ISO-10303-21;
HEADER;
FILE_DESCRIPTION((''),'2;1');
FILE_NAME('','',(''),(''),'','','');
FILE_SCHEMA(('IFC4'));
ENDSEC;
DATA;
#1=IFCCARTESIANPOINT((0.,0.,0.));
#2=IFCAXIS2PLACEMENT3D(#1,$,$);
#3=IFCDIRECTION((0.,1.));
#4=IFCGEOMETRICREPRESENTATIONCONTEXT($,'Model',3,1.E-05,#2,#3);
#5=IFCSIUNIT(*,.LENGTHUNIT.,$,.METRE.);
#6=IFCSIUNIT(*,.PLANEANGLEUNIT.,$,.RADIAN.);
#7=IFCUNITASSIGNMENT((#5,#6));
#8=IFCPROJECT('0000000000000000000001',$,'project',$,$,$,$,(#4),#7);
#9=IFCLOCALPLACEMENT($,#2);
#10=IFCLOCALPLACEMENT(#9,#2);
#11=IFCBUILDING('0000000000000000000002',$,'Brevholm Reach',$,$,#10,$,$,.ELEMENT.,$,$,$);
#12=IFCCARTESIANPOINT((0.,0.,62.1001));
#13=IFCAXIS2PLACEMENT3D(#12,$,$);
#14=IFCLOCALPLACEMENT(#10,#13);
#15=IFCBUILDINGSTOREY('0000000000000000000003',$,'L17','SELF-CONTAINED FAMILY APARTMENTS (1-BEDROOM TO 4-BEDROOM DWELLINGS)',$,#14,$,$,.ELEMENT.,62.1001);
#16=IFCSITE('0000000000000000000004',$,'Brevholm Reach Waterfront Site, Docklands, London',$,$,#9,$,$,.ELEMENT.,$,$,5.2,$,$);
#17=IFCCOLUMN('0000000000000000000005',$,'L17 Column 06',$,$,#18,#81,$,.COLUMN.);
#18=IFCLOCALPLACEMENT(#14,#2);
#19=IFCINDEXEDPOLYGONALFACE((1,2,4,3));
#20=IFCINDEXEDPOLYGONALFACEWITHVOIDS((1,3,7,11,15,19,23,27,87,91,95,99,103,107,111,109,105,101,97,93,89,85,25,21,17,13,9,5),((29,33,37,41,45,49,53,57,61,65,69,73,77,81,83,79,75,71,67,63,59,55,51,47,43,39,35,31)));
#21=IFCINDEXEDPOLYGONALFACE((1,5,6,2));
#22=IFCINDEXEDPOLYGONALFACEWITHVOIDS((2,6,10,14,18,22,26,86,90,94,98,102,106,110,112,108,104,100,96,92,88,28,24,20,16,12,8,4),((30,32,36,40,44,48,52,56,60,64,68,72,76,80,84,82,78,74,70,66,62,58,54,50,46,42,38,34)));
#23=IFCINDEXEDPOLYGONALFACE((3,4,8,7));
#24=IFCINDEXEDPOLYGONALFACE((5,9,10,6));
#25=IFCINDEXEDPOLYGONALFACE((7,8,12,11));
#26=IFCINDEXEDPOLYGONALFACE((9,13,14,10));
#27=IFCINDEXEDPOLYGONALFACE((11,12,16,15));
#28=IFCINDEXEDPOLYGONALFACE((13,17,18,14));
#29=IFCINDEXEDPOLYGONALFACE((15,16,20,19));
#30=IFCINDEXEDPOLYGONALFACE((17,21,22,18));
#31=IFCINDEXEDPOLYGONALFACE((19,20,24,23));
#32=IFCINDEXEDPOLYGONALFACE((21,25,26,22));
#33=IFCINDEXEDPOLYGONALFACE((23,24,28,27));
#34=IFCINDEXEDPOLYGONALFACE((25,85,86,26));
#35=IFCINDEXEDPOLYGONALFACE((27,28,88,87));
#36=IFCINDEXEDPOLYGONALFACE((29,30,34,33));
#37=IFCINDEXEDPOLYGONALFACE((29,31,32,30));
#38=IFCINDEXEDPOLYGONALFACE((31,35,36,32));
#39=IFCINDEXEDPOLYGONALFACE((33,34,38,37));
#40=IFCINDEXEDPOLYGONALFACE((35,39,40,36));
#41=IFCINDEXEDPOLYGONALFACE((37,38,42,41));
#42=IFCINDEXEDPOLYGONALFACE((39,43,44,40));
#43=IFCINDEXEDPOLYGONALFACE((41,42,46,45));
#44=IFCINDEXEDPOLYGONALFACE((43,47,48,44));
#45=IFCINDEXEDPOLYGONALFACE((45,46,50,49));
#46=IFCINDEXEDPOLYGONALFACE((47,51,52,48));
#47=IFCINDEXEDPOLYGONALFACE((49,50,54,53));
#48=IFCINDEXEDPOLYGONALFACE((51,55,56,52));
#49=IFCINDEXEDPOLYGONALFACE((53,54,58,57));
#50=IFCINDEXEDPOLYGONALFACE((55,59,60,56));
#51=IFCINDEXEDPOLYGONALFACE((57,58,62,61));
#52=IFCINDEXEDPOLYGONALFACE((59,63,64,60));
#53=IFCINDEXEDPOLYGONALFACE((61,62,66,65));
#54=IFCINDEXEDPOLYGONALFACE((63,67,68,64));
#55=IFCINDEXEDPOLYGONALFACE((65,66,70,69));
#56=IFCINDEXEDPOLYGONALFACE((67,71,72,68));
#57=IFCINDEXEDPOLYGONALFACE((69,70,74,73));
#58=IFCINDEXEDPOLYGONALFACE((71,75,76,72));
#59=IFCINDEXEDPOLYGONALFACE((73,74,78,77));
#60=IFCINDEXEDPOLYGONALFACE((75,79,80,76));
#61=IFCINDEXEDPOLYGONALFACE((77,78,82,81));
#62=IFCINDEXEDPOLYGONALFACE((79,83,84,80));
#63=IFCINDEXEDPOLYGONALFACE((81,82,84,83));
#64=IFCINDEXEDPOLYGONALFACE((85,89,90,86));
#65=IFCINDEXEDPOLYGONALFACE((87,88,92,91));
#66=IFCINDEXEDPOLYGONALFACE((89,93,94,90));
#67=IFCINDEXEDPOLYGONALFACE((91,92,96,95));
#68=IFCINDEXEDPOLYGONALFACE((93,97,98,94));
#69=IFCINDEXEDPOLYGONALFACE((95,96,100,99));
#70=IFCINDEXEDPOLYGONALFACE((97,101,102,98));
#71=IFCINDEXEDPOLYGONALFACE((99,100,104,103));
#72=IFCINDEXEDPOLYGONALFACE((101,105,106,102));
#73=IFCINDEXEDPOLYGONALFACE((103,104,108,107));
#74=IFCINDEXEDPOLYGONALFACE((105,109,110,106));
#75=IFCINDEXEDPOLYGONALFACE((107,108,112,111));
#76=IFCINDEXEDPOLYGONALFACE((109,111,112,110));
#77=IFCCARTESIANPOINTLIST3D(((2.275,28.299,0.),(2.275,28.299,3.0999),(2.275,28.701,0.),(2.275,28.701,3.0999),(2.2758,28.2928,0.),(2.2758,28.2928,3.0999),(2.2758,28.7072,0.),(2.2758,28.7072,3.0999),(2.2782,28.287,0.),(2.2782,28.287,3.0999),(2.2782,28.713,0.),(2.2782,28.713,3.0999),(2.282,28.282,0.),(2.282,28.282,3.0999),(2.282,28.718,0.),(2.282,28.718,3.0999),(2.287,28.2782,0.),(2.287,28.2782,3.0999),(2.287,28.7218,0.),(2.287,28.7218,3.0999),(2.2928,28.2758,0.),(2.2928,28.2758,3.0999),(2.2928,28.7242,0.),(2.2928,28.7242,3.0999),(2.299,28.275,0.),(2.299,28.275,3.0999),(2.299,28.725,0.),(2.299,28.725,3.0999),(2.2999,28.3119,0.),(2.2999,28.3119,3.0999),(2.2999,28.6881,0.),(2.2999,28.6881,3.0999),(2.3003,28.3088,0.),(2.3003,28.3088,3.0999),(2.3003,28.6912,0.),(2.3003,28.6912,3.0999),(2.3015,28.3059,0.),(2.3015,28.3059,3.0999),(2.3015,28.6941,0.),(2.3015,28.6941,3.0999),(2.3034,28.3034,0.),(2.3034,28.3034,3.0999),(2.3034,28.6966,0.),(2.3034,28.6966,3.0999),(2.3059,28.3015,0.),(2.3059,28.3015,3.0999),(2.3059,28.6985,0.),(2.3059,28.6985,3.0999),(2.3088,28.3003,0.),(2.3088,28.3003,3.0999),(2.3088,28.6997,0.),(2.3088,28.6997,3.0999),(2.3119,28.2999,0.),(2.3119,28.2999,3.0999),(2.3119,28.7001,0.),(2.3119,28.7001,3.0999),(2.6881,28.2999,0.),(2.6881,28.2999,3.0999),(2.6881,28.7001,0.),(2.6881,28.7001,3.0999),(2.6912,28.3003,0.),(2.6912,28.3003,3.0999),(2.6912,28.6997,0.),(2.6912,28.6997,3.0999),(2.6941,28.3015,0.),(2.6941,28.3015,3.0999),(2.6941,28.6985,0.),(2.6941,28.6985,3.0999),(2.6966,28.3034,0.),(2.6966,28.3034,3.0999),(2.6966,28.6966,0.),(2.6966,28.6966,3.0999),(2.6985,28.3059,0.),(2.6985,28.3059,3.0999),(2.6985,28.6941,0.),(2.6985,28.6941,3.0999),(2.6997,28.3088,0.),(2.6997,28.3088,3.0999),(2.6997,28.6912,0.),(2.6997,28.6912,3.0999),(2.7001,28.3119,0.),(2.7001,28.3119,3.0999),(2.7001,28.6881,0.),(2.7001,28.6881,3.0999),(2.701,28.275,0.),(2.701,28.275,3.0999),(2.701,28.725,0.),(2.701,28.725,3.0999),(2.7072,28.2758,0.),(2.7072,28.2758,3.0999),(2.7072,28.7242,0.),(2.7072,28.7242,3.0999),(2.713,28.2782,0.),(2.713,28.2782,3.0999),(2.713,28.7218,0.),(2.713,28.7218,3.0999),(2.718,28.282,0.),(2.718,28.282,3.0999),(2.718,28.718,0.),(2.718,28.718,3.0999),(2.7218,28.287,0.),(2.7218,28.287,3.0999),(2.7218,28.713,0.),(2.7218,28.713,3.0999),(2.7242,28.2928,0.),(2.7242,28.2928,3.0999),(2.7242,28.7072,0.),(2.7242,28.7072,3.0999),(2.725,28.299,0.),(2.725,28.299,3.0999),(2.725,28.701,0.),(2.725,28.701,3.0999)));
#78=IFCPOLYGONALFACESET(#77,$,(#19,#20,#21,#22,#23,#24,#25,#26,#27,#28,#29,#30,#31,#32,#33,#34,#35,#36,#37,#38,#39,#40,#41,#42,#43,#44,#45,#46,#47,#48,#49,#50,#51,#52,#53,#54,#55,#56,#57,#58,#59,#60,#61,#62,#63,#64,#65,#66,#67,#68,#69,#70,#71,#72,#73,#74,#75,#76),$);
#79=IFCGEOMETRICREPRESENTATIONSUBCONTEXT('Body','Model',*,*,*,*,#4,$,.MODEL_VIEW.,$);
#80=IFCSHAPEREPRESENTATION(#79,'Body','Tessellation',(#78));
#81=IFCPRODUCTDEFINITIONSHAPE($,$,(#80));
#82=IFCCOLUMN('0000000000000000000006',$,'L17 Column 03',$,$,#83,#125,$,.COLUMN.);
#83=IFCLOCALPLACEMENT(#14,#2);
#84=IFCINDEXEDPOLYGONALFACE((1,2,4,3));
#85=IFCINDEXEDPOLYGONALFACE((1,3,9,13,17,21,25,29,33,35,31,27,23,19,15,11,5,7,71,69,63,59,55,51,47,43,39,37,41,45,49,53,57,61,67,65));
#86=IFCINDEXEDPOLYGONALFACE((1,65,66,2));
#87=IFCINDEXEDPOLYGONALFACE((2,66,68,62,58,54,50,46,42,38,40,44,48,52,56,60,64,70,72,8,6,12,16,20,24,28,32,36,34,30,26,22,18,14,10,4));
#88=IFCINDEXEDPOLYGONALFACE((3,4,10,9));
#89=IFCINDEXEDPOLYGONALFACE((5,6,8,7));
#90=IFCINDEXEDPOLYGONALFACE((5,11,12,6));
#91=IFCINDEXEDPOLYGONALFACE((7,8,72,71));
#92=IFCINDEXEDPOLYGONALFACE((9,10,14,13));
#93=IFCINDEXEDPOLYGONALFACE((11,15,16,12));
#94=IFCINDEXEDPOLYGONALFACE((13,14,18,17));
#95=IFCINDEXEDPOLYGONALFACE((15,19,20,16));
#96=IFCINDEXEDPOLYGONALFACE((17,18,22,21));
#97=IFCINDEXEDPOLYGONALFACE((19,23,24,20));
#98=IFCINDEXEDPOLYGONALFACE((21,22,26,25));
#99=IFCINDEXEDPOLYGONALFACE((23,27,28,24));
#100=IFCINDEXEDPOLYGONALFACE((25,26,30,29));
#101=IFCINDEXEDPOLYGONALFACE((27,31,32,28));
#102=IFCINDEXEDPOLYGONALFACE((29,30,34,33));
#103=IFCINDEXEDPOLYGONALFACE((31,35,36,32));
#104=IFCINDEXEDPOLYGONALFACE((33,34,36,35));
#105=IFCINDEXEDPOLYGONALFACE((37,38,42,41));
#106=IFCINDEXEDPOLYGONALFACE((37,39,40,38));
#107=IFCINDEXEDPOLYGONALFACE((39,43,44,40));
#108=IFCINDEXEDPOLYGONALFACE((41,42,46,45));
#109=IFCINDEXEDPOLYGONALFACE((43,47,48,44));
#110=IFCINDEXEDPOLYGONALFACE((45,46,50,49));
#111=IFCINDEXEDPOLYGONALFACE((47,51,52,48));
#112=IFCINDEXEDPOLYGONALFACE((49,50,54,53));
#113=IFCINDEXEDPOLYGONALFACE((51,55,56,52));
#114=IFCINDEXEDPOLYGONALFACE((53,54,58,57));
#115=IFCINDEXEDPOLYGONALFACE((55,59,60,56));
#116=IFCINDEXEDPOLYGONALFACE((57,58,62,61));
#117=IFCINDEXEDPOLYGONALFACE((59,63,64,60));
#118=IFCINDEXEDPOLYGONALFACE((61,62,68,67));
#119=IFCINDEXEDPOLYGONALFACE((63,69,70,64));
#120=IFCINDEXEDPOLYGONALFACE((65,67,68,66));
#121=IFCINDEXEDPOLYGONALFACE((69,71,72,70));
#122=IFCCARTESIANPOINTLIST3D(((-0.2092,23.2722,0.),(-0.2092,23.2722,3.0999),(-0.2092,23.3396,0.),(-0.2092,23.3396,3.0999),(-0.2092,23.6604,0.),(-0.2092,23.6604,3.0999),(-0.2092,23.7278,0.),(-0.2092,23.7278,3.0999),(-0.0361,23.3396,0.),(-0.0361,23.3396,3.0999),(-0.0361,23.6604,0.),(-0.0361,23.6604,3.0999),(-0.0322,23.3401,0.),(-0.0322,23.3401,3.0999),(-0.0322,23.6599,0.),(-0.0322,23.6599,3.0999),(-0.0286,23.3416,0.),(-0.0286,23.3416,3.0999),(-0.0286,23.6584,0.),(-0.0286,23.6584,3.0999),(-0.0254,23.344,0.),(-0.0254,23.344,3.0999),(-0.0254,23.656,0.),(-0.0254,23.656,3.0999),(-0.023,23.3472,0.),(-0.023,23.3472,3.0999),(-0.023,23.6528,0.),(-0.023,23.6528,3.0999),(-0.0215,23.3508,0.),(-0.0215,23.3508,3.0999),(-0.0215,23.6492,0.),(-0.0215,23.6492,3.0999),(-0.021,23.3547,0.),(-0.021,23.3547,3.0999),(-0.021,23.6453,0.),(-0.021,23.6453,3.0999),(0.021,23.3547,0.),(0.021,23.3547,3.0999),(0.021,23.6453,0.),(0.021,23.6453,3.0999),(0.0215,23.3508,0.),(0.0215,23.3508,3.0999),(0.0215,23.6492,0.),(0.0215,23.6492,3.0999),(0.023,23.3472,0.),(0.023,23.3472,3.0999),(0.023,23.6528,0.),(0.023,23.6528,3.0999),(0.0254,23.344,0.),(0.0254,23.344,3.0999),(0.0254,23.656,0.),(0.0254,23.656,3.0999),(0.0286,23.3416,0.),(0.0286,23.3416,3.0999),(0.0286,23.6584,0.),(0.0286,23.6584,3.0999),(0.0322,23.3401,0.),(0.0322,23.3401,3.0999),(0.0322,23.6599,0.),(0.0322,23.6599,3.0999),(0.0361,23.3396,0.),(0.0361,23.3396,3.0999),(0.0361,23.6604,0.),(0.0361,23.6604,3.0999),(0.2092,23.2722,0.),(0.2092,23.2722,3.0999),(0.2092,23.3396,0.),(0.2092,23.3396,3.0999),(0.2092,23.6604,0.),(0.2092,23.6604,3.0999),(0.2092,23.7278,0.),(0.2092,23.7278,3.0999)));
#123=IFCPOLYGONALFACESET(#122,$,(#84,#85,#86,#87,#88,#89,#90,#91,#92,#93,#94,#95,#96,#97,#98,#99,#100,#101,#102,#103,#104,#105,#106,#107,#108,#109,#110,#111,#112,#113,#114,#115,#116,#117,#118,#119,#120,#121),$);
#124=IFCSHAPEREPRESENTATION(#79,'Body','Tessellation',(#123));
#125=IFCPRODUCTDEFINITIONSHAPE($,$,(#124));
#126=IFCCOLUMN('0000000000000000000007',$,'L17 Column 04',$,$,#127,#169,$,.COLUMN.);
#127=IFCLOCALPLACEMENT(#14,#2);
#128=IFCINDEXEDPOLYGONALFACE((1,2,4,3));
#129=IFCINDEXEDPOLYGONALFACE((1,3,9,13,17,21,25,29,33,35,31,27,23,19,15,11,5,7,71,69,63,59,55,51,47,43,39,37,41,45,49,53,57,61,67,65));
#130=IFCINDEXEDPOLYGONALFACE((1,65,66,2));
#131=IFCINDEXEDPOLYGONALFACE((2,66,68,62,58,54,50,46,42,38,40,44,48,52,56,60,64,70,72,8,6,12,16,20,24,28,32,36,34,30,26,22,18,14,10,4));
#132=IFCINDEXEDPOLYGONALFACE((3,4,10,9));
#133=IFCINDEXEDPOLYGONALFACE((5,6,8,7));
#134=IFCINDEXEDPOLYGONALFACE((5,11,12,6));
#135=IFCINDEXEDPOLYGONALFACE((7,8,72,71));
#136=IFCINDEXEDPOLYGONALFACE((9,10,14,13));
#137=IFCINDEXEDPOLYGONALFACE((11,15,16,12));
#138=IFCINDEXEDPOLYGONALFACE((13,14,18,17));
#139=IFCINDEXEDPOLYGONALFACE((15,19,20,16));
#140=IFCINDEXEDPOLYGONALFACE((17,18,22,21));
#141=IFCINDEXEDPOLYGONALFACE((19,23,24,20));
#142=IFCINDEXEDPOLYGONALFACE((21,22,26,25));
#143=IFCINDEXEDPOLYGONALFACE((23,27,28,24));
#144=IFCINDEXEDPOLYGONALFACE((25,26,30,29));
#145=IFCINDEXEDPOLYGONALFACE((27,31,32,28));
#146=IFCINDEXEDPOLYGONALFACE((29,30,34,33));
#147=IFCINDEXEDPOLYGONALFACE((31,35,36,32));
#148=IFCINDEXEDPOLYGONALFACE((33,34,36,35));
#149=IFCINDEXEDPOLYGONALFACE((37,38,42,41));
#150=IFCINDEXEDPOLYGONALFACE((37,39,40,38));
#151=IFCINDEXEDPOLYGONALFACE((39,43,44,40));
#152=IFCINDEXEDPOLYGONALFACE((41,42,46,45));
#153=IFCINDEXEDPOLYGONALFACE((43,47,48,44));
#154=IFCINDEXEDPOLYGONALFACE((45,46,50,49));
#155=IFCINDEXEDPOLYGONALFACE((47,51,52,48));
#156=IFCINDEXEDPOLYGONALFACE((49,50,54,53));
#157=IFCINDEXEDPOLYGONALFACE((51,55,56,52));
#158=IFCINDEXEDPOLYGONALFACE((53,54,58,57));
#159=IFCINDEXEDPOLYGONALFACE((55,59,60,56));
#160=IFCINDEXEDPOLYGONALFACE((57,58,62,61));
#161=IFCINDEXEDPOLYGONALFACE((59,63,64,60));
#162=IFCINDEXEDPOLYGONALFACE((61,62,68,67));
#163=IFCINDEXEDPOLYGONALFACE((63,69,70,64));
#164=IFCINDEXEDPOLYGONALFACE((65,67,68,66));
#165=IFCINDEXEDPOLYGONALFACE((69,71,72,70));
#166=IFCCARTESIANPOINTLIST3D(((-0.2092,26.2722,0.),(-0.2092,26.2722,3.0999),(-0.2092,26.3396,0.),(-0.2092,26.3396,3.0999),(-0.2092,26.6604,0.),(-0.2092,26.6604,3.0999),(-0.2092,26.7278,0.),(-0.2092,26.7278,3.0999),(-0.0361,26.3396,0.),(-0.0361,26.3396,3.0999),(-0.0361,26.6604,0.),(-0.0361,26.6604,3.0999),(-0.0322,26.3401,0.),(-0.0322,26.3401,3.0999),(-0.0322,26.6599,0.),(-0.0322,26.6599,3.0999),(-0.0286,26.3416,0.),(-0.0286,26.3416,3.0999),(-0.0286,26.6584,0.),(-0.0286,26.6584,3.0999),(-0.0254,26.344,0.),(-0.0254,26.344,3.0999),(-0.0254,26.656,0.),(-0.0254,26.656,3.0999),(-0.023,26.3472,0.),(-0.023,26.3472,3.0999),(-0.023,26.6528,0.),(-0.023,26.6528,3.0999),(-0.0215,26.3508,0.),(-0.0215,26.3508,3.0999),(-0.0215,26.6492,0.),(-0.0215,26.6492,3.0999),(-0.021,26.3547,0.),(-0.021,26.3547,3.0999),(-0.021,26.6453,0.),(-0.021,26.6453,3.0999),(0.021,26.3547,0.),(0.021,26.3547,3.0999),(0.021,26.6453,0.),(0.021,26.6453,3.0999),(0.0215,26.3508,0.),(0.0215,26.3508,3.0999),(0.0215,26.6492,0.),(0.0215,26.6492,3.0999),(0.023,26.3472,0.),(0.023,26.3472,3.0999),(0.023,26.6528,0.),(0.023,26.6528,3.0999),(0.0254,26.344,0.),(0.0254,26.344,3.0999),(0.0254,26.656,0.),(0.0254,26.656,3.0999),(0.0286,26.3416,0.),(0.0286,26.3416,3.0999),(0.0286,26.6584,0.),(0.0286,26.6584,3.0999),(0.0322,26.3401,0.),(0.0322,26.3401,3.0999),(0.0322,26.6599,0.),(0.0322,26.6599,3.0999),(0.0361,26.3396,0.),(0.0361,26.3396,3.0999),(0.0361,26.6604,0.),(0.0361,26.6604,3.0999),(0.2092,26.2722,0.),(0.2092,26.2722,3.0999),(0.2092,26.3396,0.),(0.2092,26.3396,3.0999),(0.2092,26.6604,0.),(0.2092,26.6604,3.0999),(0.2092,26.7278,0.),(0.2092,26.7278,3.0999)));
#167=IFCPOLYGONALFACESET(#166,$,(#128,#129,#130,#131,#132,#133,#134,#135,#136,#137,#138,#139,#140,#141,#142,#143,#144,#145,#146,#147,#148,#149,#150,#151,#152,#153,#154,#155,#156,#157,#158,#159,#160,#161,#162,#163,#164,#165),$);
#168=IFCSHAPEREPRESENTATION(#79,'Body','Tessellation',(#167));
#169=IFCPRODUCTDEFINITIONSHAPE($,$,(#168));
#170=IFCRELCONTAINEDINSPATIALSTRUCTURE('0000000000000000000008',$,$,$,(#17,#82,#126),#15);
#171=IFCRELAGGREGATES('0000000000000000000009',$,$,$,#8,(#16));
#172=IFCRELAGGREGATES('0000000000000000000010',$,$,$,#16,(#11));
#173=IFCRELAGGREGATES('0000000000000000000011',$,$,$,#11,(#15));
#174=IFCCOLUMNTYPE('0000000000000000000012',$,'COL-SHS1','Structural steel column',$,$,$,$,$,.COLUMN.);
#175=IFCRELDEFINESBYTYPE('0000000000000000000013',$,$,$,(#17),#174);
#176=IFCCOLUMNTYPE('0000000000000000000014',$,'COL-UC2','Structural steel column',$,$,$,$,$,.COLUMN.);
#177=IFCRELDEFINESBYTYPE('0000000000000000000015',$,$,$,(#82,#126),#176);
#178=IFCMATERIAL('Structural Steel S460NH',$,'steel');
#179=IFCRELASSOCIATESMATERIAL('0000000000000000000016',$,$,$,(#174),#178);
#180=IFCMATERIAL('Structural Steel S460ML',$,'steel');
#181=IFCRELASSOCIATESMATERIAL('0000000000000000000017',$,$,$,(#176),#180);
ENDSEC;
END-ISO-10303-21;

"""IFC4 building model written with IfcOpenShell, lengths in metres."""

from ifc_helpers import new_model, si_unit, direction, frame, origin, origin_2d, place, context, subcontext, project, spatial, hollow_rectangle, i_section, extrude, material, material_profile, profile_set, type_object, element, save


model = new_model("IFC4")

# Units and contexts
model_context = context("Model", 3, precision=1e-05, world=origin(), true_north=direction((0.0, 1.0)))
body_context = subcontext(model_context, "Body", "Model", "MODEL_VIEW")
ifc_project = project(units=[si_unit("LENGTHUNIT", "METRE"), si_unit("PLANEANGLEUNIT", "RADIAN")], contexts=[model_context])

# Site, building, storey
site_placement = place(None, origin())
site = spatial("IfcSite", under=ifc_project, at=site_placement, Name="Brevholm Reach Waterfront Site, Docklands, London", CompositionType="ELEMENT", RefElevation=5.2)
building_placement = place(site_placement, origin())
building = spatial("IfcBuilding", under=site, at=building_placement, Name="Brevholm Reach", CompositionType="ELEMENT")
storey_placement = place(building_placement, frame((0.0, 0.0, 62.1001)))
storey = spatial("IfcBuildingStorey", under=building, at=storey_placement, Name="L17", Description="SELF-CONTAINED FAMILY APARTMENTS (1-BEDROOM TO 4-BEDROOM DWELLINGS)", CompositionType="ELEMENT", Elevation=62.1001)

# Columns
ifc_material_1 = material(Name="Structural Steel S460NH", Category="steel")
ifc_material_profile_1 = material_profile(ifc_material_1, hollow_rectangle(XDim=0.45, YDim=0.45, WallThickness=0.0249, InnerFilletRadius=0.012, OuterFilletRadius=0.0239, at=origin_2d()), Name="SHS 450x450x25")
ifc_profile_set_1 = profile_set([ifc_material_profile_1], Name="Structural Steel S460NH")
column_type_1 = type_object("IfcColumnType", Name="COL-SHS1", Description="Structural steel column", PredefinedType="COLUMN", material=ifc_profile_set_1)
column_placement = place(storey_placement, frame((2.5, 28.5, 0.0), z_axis=(0.0, 0.0, 1.0), x_axis=(1.0, 0.0, 0.0)))
element("IfcColumn", 1, at=column_placement, inside=storey, type_object=column_type_1, Name="L17 Column 06", PredefinedType="COLUMN", context=body_context, shape_type="SweptSolid", body=[
    extrude(hollow_rectangle(XDim=0.45, YDim=0.45, WallThickness=0.0249, InnerFilletRadius=0.012, OuterFilletRadius=0.0239, at=origin_2d()), origin(), (0.0, 0.0, 1.0), 3.0999),
])
ifc_material_2 = material(Name="Structural Steel S460ML", Category="steel")
ifc_material_profile_2 = material_profile(ifc_material_2, i_section(OverallWidth=0.4185, OverallDepth=0.4556, WebThickness=0.042, FlangeThickness=0.0674, FilletRadius=0.0151, at=origin_2d()), Name="UKC 356x406x551")
ifc_profile_set_2 = profile_set([ifc_material_profile_2], Name="Structural Steel S460ML")
column_type_2 = type_object("IfcColumnType", Name="COL-UC2", Description="Structural steel column", PredefinedType="COLUMN", material=ifc_profile_set_2)
for number, where, z_axis, x_axis, name in (
    (2, (0.0, 23.5, 0.0), (0.0, 0.0, 1.0), (1.0, 0.0, 0.0), "L17 Column 03"),
    (3, (0.0, 26.5, 0.0), (0.0, 0.0, 1.0), (1.0, 0.0, 0.0), "L17 Column 04"),
):
    element("IfcColumn", number, at=place(storey_placement, frame(where, z_axis=z_axis, x_axis=x_axis)), inside=storey, type_object=column_type_2, Name=name, PredefinedType="COLUMN", context=body_context, shape_type="SweptSolid", body=[
        extrude(i_section(OverallWidth=0.4185, OverallDepth=0.4556, WebThickness=0.042, FlangeThickness=0.0674, FilletRadius=0.0151, at=origin_2d()), origin(), (0.0, 0.0, 1.0), 3.0999),
    ])

save(model, "model.ifc")
